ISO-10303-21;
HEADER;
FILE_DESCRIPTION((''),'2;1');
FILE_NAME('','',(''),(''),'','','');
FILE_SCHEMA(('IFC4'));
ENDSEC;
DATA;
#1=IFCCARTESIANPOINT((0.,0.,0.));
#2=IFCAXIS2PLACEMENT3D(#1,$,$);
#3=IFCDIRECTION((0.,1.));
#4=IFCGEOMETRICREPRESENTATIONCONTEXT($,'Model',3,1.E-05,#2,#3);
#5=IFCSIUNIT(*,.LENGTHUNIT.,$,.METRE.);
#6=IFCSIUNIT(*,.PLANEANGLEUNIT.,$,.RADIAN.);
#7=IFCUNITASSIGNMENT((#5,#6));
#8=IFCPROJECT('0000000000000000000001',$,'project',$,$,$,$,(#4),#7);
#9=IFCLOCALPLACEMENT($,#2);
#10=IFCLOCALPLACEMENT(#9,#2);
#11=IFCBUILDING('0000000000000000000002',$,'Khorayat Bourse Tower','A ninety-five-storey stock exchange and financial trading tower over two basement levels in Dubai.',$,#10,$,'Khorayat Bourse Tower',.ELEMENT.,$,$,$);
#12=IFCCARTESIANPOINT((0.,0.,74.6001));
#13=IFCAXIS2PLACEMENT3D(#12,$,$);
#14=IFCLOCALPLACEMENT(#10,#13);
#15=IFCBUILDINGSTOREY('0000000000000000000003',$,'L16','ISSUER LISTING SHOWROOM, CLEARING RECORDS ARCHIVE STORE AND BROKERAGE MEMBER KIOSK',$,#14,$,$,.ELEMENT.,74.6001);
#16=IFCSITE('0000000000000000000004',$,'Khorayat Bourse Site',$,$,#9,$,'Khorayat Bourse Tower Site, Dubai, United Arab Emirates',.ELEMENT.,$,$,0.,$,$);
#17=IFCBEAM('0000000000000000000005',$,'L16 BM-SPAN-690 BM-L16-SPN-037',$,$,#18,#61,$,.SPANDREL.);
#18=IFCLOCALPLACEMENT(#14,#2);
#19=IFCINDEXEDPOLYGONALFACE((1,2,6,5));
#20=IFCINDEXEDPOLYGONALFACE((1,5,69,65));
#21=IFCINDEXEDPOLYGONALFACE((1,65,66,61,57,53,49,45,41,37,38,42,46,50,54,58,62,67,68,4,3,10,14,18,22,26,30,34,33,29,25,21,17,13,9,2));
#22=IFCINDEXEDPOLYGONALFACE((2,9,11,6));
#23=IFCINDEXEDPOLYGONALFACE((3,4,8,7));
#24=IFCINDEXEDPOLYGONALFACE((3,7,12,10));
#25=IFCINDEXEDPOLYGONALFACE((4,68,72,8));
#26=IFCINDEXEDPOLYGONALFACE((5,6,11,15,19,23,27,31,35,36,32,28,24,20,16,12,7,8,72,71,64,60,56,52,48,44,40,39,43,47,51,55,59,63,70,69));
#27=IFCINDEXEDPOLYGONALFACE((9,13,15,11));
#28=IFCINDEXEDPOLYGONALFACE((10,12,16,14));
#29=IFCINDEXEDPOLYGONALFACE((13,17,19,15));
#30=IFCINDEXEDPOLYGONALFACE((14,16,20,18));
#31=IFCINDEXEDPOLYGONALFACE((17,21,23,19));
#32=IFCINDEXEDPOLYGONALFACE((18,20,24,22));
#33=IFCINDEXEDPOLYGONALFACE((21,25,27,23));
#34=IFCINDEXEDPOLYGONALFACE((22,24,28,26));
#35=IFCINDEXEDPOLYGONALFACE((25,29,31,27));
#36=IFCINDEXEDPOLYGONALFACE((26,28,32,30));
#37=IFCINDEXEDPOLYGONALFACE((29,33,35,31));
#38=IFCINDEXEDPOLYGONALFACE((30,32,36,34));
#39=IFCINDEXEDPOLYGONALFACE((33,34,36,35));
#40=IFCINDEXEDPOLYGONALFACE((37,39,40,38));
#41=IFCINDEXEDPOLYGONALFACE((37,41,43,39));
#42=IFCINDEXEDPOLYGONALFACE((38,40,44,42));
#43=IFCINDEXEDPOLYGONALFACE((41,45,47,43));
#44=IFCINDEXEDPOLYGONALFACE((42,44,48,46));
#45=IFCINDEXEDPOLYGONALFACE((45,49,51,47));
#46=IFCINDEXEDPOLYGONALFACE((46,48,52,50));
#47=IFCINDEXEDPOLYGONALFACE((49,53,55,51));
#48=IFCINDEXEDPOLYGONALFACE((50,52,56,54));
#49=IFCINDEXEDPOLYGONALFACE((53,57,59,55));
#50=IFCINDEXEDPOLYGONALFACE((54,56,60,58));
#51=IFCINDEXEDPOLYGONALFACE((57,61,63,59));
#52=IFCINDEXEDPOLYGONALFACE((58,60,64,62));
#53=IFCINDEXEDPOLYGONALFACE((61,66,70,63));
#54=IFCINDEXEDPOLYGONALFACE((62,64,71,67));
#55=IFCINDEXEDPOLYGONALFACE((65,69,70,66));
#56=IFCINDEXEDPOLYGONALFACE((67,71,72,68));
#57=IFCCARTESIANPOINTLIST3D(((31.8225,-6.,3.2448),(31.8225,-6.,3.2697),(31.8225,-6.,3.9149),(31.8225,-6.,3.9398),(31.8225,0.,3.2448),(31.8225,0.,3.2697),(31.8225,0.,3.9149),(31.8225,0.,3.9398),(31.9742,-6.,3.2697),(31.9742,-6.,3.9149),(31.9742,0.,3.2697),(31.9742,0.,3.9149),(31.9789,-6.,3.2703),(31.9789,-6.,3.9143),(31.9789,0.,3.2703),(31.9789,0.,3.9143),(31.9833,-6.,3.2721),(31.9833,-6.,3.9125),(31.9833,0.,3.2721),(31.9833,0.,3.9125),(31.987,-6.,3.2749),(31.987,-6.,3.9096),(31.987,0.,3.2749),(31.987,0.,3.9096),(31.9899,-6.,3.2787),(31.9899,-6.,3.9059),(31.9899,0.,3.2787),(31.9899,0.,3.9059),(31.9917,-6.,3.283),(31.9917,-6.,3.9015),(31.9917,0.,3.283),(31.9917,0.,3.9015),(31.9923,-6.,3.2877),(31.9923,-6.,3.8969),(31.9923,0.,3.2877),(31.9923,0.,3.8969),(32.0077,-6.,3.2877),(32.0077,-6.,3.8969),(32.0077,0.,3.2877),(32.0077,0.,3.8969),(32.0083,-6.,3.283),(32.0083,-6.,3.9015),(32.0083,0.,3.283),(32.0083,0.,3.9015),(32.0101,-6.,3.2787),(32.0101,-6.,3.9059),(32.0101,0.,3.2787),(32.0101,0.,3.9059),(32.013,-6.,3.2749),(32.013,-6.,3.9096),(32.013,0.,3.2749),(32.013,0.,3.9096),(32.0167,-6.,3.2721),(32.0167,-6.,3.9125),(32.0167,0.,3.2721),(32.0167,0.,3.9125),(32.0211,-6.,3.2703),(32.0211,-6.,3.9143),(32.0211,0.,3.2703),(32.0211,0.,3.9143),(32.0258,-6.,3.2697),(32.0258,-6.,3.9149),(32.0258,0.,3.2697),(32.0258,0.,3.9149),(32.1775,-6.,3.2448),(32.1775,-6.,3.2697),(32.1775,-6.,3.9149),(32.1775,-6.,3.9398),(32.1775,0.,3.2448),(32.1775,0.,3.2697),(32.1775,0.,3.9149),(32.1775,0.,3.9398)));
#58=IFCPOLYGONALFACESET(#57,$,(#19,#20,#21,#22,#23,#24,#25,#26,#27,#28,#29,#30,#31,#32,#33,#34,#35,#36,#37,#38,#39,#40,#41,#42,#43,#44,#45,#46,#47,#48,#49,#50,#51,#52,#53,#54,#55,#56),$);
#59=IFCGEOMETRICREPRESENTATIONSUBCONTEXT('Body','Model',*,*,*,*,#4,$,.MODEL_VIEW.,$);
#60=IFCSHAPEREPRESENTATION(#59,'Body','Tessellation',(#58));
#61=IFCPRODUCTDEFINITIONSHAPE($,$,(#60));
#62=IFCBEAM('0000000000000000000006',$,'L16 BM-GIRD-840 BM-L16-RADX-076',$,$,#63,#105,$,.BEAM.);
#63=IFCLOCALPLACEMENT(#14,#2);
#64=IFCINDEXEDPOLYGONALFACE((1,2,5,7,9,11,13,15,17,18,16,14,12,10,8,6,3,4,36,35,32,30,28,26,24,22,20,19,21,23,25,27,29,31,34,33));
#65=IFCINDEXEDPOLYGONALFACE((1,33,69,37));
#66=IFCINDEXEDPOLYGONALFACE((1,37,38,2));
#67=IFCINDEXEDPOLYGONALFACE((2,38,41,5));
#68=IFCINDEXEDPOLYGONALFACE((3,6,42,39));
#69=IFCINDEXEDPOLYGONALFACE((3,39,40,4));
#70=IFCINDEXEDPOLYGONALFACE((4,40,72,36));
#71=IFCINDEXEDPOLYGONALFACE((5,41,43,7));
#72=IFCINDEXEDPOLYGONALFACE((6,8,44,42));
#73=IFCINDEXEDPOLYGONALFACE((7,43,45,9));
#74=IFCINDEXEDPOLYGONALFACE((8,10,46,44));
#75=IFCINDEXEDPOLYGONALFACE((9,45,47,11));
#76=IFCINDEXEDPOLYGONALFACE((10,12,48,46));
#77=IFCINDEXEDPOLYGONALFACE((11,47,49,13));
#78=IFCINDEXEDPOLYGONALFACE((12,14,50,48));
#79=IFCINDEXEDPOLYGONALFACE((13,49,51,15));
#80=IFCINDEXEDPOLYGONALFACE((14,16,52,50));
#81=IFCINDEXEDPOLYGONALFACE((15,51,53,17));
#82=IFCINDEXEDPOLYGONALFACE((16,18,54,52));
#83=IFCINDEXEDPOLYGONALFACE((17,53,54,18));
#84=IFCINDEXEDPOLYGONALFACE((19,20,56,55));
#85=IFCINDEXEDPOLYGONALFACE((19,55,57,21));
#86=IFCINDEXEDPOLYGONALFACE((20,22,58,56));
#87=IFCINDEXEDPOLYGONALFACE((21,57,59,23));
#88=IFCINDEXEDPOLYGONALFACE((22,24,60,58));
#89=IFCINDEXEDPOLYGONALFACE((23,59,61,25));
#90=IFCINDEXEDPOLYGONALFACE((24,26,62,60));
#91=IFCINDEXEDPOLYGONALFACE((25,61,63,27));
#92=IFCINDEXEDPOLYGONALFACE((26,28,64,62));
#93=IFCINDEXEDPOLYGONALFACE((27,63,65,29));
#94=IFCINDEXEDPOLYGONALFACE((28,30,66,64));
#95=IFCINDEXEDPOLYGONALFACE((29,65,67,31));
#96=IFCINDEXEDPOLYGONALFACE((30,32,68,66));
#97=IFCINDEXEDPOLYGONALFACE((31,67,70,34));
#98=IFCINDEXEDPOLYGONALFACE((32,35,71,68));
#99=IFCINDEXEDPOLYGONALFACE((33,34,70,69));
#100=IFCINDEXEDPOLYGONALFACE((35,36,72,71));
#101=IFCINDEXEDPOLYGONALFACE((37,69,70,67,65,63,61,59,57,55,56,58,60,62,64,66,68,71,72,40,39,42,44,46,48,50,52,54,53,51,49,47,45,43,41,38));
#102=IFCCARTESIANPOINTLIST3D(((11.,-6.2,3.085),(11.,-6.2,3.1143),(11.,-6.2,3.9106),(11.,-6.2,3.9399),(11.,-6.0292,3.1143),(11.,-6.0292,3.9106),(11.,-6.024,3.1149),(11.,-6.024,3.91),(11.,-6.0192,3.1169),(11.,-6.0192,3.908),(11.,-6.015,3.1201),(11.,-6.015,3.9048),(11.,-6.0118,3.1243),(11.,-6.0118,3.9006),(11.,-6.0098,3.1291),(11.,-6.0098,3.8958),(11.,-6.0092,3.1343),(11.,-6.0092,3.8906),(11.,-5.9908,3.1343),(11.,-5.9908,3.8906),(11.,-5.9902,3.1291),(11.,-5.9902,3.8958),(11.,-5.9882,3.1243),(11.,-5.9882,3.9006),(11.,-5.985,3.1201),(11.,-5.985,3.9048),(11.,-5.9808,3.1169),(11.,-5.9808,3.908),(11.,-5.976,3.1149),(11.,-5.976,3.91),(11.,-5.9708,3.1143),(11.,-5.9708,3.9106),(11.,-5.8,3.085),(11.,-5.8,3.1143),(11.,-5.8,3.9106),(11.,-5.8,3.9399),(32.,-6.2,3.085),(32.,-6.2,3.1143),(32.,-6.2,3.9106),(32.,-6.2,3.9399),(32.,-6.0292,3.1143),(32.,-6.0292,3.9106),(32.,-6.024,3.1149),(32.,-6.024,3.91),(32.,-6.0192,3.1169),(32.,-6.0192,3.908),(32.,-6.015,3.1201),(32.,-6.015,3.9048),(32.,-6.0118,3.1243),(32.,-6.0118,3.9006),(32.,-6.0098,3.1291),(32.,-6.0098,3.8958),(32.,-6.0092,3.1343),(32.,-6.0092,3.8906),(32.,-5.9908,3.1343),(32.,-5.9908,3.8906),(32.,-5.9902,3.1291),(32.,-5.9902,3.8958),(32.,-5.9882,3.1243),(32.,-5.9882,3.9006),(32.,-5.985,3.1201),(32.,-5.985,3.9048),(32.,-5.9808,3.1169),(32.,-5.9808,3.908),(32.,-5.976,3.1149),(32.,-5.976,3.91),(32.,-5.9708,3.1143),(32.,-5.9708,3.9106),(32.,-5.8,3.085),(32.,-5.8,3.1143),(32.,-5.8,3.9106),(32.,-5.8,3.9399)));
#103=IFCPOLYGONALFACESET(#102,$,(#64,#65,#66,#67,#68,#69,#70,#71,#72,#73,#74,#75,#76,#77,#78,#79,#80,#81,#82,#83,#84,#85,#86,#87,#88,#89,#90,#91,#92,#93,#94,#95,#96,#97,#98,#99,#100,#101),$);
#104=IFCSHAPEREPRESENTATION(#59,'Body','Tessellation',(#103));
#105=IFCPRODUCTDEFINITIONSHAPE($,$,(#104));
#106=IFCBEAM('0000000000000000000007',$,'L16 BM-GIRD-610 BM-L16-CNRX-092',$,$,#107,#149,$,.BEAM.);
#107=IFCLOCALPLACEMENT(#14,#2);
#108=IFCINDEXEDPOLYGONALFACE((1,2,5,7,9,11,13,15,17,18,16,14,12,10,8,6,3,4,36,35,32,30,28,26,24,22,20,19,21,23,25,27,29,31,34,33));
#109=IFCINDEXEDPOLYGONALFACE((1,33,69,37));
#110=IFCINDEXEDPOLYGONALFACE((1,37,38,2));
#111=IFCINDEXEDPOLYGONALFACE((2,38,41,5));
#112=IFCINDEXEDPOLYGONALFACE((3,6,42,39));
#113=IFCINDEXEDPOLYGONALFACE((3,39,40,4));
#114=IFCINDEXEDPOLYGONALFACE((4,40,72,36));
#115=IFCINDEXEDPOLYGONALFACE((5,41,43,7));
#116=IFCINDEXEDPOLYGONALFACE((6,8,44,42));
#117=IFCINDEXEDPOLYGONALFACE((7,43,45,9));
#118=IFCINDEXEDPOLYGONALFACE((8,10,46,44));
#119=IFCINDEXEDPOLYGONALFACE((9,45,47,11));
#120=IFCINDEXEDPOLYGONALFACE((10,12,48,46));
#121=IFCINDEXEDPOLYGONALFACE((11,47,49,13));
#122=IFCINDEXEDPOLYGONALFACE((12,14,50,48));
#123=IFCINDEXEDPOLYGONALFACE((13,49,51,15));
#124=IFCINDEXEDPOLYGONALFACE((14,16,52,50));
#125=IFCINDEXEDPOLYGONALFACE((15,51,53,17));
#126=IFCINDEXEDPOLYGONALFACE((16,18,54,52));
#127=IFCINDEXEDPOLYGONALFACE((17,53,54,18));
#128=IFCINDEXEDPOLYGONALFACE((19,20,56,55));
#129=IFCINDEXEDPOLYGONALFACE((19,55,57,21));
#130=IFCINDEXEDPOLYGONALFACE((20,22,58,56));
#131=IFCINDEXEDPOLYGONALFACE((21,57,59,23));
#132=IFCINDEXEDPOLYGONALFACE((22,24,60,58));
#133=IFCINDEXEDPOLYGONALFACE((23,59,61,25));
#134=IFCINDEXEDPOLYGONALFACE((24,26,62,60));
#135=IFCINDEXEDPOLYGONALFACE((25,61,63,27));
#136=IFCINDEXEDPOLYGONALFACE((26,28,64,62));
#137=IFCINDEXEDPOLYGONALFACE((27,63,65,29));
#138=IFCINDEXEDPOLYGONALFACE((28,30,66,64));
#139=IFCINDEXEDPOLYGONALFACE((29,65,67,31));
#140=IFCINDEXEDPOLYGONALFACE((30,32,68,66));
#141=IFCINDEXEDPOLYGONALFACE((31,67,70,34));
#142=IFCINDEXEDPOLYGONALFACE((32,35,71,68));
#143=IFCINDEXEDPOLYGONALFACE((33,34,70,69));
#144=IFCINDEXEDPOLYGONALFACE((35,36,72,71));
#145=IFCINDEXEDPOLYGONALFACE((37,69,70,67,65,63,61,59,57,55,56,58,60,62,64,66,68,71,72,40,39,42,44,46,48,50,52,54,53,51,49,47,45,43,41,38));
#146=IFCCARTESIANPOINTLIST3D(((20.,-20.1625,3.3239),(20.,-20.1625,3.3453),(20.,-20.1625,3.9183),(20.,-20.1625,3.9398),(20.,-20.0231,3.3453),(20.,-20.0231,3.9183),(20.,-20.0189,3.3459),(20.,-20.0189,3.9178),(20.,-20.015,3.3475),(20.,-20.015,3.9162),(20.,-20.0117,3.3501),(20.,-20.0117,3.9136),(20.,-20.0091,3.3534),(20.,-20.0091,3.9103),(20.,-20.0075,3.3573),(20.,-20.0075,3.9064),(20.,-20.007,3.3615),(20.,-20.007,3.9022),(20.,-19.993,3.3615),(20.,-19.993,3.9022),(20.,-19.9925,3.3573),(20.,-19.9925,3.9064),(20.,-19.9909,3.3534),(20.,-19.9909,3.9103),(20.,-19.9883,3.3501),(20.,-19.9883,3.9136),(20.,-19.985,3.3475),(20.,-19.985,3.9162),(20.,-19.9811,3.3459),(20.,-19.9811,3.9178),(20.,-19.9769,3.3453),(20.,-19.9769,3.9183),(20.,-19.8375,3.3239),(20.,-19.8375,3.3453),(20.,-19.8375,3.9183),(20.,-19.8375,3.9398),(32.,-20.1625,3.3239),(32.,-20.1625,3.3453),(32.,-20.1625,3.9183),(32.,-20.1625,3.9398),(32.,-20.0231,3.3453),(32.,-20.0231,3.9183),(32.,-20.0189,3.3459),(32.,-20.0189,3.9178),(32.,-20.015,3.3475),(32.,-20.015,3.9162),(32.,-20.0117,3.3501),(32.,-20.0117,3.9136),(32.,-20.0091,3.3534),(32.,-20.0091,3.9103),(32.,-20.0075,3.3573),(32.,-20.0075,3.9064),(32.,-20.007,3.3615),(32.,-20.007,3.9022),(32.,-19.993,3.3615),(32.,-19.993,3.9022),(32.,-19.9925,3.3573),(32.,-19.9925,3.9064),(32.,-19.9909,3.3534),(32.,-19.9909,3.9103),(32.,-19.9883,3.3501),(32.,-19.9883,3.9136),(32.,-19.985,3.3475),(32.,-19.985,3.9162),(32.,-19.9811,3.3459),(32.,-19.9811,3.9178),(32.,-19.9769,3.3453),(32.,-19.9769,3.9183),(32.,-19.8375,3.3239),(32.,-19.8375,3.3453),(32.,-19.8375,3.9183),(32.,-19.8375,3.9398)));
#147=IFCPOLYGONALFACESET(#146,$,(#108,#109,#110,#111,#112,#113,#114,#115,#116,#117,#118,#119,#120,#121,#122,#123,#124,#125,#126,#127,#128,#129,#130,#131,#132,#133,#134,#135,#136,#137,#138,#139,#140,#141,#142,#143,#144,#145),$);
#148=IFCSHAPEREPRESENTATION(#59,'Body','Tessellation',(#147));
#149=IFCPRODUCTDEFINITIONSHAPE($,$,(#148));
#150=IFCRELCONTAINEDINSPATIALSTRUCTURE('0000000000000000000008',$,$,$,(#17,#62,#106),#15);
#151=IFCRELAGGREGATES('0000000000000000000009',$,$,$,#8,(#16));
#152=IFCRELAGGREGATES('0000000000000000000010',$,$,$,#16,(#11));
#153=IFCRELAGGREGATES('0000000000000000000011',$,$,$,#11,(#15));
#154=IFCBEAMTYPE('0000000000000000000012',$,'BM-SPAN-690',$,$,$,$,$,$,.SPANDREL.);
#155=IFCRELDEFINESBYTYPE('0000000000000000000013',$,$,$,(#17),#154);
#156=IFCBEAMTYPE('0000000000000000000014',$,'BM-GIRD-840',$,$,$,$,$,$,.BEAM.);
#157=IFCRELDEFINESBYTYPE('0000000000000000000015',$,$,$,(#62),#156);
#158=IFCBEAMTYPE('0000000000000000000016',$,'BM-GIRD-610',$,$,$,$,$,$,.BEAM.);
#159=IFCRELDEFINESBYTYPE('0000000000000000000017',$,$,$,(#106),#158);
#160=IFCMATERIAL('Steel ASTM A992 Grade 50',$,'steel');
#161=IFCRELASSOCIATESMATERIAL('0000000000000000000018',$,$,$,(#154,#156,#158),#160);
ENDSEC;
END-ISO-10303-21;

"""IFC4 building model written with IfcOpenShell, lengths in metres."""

from ifc_helpers import new_model, si_unit, direction, frame, origin, origin_2d, place, context, subcontext, project, spatial, i_section, extrude, source, transform, mapped, material, material_profile, profile_set, type_object, element, save


model = new_model("IFC4")

# Units and contexts
model_context = context("Model", 3, precision=1e-05, world=origin(), true_north=direction((0.0, 1.0)))
body_context = subcontext(model_context, "Body", "Model", "MODEL_VIEW")
ifc_project = project(units=[si_unit("LENGTHUNIT", "METRE"), si_unit("PLANEANGLEUNIT", "RADIAN")], contexts=[model_context])

# Site, building, storey
site_placement = place(None, origin())
site = spatial("IfcSite", under=ifc_project, at=site_placement, Name="Khorayat Bourse Site", LongName="Khorayat Bourse Tower Site, Dubai, United Arab Emirates", CompositionType="ELEMENT", RefElevation=0.0)
building_placement = place(site_placement, origin())
building = spatial("IfcBuilding", under=site, at=building_placement, Name="Khorayat Bourse Tower", Description="A ninety-five-storey stock exchange and financial trading tower over two basement levels in Dubai.", LongName="Khorayat Bourse Tower", CompositionType="ELEMENT")
storey_placement = place(building_placement, frame((0.0, 0.0, 74.6001)))
storey = spatial("IfcBuildingStorey", under=building, at=storey_placement, Name="L16", Description="ISSUER LISTING SHOWROOM, CLEARING RECORDS ARCHIVE STORE AND BROKERAGE MEMBER KIOSK", CompositionType="ELEMENT", Elevation=74.6001)

# Beams
ifc_material_1 = material(Name="Steel ASTM A992 Grade 50", Category="steel")
ifc_material_profile_1 = material_profile(ifc_material_1, i_section(OverallWidth=0.355, OverallDepth=0.6951, WebThickness=0.0154, FlangeThickness=0.0249, FilletRadius=0.0181, at=origin_2d()), Name="W690X217")
ifc_profile_set_1 = profile_set([ifc_material_profile_1], Name="Steel ASTM A992 Grade 50")
beam_type_1 = type_object("IfcBeamType", Name="BM-SPAN-690", PredefinedType="SPANDREL", material=ifc_profile_set_1)
shared_shape_1 = source(origin(), body_context, "Body", "SweptSolid", [
    extrude(i_section(OverallWidth=0.355, OverallDepth=0.6951, WebThickness=0.0154, FlangeThickness=0.0249, FilletRadius=0.0181, at=origin_2d()), origin(), (0.0, 0.0, 1.0), 6.0),
])
beam_1_placement = place(storey_placement, frame((32.0, -6.0, 3.5923), z_axis=(0.0, 1.0, 0.0), x_axis=(-1.0, 0.0, 0.0)))
element("IfcBeam", 1, at=beam_1_placement, inside=storey, type_object=beam_type_1, Name="L16 BM-SPAN-690 BM-L16-SPN-037", PredefinedType="SPANDREL", context=body_context, shape_type="MappedRepresentation", body=[
    mapped(shared_shape_1, transform((0.0, 0.0, 0.0), scale=1.0)),
])
ifc_material_profile_2 = material_profile(ifc_material_1, i_section(OverallWidth=0.3999, OverallDepth=0.855, WebThickness=0.0183, FlangeThickness=0.0293, FilletRadius=0.02, at=origin_2d()), Name="W840X299")
ifc_profile_set_2 = profile_set([ifc_material_profile_2], Name="Steel ASTM A992 Grade 50")
beam_type_2 = type_object("IfcBeamType", Name="BM-GIRD-840", PredefinedType="BEAM", material=ifc_profile_set_2)
shared_shape_2 = source(origin(), body_context, "Body", "SweptSolid", [
    extrude(i_section(OverallWidth=0.3999, OverallDepth=0.855, WebThickness=0.0183, FlangeThickness=0.0293, FilletRadius=0.02, at=origin_2d()), origin(), (0.0, 0.0, 1.0), 21.0),
])
beam_2_placement = place(storey_placement, frame((11.0, -6.0, 3.5125), z_axis=(1.0, 0.0, 0.0), x_axis=(0.0, 1.0, 0.0)))
element("IfcBeam", 2, at=beam_2_placement, inside=storey, type_object=beam_type_2, Name="L16 BM-GIRD-840 BM-L16-RADX-076", PredefinedType="BEAM", context=body_context, shape_type="MappedRepresentation", body=[
    mapped(shared_shape_2, transform((0.0, 0.0, 0.0), scale=1.0)),
])
ifc_material_profile_3 = material_profile(ifc_material_1, i_section(OverallWidth=0.325, OverallDepth=0.616, WebThickness=0.0139, FlangeThickness=0.0215, FilletRadius=0.0161, at=origin_2d()), Name="W610X174")
ifc_profile_set_3 = profile_set([ifc_material_profile_3], Name="Steel ASTM A992 Grade 50")
beam_type_3 = type_object("IfcBeamType", Name="BM-GIRD-610", PredefinedType="BEAM", material=ifc_profile_set_3)
shared_shape_3 = source(origin(), body_context, "Body", "SweptSolid", [
    extrude(i_section(OverallWidth=0.325, OverallDepth=0.616, WebThickness=0.0139, FlangeThickness=0.0215, FilletRadius=0.0161, at=origin_2d()), origin(), (0.0, 0.0, 1.0), 12.0),
])
beam_3_placement = place(storey_placement, frame((20.0, -20.0, 3.6318), z_axis=(1.0, 0.0, 0.0), x_axis=(0.0, 1.0, 0.0)))
element("IfcBeam", 3, at=beam_3_placement, inside=storey, type_object=beam_type_3, Name="L16 BM-GIRD-610 BM-L16-CNRX-092", PredefinedType="BEAM", context=body_context, shape_type="MappedRepresentation", body=[
    mapped(shared_shape_3, transform((0.0, 0.0, 0.0), scale=1.0)),
])

save(model, "model.ifc")
